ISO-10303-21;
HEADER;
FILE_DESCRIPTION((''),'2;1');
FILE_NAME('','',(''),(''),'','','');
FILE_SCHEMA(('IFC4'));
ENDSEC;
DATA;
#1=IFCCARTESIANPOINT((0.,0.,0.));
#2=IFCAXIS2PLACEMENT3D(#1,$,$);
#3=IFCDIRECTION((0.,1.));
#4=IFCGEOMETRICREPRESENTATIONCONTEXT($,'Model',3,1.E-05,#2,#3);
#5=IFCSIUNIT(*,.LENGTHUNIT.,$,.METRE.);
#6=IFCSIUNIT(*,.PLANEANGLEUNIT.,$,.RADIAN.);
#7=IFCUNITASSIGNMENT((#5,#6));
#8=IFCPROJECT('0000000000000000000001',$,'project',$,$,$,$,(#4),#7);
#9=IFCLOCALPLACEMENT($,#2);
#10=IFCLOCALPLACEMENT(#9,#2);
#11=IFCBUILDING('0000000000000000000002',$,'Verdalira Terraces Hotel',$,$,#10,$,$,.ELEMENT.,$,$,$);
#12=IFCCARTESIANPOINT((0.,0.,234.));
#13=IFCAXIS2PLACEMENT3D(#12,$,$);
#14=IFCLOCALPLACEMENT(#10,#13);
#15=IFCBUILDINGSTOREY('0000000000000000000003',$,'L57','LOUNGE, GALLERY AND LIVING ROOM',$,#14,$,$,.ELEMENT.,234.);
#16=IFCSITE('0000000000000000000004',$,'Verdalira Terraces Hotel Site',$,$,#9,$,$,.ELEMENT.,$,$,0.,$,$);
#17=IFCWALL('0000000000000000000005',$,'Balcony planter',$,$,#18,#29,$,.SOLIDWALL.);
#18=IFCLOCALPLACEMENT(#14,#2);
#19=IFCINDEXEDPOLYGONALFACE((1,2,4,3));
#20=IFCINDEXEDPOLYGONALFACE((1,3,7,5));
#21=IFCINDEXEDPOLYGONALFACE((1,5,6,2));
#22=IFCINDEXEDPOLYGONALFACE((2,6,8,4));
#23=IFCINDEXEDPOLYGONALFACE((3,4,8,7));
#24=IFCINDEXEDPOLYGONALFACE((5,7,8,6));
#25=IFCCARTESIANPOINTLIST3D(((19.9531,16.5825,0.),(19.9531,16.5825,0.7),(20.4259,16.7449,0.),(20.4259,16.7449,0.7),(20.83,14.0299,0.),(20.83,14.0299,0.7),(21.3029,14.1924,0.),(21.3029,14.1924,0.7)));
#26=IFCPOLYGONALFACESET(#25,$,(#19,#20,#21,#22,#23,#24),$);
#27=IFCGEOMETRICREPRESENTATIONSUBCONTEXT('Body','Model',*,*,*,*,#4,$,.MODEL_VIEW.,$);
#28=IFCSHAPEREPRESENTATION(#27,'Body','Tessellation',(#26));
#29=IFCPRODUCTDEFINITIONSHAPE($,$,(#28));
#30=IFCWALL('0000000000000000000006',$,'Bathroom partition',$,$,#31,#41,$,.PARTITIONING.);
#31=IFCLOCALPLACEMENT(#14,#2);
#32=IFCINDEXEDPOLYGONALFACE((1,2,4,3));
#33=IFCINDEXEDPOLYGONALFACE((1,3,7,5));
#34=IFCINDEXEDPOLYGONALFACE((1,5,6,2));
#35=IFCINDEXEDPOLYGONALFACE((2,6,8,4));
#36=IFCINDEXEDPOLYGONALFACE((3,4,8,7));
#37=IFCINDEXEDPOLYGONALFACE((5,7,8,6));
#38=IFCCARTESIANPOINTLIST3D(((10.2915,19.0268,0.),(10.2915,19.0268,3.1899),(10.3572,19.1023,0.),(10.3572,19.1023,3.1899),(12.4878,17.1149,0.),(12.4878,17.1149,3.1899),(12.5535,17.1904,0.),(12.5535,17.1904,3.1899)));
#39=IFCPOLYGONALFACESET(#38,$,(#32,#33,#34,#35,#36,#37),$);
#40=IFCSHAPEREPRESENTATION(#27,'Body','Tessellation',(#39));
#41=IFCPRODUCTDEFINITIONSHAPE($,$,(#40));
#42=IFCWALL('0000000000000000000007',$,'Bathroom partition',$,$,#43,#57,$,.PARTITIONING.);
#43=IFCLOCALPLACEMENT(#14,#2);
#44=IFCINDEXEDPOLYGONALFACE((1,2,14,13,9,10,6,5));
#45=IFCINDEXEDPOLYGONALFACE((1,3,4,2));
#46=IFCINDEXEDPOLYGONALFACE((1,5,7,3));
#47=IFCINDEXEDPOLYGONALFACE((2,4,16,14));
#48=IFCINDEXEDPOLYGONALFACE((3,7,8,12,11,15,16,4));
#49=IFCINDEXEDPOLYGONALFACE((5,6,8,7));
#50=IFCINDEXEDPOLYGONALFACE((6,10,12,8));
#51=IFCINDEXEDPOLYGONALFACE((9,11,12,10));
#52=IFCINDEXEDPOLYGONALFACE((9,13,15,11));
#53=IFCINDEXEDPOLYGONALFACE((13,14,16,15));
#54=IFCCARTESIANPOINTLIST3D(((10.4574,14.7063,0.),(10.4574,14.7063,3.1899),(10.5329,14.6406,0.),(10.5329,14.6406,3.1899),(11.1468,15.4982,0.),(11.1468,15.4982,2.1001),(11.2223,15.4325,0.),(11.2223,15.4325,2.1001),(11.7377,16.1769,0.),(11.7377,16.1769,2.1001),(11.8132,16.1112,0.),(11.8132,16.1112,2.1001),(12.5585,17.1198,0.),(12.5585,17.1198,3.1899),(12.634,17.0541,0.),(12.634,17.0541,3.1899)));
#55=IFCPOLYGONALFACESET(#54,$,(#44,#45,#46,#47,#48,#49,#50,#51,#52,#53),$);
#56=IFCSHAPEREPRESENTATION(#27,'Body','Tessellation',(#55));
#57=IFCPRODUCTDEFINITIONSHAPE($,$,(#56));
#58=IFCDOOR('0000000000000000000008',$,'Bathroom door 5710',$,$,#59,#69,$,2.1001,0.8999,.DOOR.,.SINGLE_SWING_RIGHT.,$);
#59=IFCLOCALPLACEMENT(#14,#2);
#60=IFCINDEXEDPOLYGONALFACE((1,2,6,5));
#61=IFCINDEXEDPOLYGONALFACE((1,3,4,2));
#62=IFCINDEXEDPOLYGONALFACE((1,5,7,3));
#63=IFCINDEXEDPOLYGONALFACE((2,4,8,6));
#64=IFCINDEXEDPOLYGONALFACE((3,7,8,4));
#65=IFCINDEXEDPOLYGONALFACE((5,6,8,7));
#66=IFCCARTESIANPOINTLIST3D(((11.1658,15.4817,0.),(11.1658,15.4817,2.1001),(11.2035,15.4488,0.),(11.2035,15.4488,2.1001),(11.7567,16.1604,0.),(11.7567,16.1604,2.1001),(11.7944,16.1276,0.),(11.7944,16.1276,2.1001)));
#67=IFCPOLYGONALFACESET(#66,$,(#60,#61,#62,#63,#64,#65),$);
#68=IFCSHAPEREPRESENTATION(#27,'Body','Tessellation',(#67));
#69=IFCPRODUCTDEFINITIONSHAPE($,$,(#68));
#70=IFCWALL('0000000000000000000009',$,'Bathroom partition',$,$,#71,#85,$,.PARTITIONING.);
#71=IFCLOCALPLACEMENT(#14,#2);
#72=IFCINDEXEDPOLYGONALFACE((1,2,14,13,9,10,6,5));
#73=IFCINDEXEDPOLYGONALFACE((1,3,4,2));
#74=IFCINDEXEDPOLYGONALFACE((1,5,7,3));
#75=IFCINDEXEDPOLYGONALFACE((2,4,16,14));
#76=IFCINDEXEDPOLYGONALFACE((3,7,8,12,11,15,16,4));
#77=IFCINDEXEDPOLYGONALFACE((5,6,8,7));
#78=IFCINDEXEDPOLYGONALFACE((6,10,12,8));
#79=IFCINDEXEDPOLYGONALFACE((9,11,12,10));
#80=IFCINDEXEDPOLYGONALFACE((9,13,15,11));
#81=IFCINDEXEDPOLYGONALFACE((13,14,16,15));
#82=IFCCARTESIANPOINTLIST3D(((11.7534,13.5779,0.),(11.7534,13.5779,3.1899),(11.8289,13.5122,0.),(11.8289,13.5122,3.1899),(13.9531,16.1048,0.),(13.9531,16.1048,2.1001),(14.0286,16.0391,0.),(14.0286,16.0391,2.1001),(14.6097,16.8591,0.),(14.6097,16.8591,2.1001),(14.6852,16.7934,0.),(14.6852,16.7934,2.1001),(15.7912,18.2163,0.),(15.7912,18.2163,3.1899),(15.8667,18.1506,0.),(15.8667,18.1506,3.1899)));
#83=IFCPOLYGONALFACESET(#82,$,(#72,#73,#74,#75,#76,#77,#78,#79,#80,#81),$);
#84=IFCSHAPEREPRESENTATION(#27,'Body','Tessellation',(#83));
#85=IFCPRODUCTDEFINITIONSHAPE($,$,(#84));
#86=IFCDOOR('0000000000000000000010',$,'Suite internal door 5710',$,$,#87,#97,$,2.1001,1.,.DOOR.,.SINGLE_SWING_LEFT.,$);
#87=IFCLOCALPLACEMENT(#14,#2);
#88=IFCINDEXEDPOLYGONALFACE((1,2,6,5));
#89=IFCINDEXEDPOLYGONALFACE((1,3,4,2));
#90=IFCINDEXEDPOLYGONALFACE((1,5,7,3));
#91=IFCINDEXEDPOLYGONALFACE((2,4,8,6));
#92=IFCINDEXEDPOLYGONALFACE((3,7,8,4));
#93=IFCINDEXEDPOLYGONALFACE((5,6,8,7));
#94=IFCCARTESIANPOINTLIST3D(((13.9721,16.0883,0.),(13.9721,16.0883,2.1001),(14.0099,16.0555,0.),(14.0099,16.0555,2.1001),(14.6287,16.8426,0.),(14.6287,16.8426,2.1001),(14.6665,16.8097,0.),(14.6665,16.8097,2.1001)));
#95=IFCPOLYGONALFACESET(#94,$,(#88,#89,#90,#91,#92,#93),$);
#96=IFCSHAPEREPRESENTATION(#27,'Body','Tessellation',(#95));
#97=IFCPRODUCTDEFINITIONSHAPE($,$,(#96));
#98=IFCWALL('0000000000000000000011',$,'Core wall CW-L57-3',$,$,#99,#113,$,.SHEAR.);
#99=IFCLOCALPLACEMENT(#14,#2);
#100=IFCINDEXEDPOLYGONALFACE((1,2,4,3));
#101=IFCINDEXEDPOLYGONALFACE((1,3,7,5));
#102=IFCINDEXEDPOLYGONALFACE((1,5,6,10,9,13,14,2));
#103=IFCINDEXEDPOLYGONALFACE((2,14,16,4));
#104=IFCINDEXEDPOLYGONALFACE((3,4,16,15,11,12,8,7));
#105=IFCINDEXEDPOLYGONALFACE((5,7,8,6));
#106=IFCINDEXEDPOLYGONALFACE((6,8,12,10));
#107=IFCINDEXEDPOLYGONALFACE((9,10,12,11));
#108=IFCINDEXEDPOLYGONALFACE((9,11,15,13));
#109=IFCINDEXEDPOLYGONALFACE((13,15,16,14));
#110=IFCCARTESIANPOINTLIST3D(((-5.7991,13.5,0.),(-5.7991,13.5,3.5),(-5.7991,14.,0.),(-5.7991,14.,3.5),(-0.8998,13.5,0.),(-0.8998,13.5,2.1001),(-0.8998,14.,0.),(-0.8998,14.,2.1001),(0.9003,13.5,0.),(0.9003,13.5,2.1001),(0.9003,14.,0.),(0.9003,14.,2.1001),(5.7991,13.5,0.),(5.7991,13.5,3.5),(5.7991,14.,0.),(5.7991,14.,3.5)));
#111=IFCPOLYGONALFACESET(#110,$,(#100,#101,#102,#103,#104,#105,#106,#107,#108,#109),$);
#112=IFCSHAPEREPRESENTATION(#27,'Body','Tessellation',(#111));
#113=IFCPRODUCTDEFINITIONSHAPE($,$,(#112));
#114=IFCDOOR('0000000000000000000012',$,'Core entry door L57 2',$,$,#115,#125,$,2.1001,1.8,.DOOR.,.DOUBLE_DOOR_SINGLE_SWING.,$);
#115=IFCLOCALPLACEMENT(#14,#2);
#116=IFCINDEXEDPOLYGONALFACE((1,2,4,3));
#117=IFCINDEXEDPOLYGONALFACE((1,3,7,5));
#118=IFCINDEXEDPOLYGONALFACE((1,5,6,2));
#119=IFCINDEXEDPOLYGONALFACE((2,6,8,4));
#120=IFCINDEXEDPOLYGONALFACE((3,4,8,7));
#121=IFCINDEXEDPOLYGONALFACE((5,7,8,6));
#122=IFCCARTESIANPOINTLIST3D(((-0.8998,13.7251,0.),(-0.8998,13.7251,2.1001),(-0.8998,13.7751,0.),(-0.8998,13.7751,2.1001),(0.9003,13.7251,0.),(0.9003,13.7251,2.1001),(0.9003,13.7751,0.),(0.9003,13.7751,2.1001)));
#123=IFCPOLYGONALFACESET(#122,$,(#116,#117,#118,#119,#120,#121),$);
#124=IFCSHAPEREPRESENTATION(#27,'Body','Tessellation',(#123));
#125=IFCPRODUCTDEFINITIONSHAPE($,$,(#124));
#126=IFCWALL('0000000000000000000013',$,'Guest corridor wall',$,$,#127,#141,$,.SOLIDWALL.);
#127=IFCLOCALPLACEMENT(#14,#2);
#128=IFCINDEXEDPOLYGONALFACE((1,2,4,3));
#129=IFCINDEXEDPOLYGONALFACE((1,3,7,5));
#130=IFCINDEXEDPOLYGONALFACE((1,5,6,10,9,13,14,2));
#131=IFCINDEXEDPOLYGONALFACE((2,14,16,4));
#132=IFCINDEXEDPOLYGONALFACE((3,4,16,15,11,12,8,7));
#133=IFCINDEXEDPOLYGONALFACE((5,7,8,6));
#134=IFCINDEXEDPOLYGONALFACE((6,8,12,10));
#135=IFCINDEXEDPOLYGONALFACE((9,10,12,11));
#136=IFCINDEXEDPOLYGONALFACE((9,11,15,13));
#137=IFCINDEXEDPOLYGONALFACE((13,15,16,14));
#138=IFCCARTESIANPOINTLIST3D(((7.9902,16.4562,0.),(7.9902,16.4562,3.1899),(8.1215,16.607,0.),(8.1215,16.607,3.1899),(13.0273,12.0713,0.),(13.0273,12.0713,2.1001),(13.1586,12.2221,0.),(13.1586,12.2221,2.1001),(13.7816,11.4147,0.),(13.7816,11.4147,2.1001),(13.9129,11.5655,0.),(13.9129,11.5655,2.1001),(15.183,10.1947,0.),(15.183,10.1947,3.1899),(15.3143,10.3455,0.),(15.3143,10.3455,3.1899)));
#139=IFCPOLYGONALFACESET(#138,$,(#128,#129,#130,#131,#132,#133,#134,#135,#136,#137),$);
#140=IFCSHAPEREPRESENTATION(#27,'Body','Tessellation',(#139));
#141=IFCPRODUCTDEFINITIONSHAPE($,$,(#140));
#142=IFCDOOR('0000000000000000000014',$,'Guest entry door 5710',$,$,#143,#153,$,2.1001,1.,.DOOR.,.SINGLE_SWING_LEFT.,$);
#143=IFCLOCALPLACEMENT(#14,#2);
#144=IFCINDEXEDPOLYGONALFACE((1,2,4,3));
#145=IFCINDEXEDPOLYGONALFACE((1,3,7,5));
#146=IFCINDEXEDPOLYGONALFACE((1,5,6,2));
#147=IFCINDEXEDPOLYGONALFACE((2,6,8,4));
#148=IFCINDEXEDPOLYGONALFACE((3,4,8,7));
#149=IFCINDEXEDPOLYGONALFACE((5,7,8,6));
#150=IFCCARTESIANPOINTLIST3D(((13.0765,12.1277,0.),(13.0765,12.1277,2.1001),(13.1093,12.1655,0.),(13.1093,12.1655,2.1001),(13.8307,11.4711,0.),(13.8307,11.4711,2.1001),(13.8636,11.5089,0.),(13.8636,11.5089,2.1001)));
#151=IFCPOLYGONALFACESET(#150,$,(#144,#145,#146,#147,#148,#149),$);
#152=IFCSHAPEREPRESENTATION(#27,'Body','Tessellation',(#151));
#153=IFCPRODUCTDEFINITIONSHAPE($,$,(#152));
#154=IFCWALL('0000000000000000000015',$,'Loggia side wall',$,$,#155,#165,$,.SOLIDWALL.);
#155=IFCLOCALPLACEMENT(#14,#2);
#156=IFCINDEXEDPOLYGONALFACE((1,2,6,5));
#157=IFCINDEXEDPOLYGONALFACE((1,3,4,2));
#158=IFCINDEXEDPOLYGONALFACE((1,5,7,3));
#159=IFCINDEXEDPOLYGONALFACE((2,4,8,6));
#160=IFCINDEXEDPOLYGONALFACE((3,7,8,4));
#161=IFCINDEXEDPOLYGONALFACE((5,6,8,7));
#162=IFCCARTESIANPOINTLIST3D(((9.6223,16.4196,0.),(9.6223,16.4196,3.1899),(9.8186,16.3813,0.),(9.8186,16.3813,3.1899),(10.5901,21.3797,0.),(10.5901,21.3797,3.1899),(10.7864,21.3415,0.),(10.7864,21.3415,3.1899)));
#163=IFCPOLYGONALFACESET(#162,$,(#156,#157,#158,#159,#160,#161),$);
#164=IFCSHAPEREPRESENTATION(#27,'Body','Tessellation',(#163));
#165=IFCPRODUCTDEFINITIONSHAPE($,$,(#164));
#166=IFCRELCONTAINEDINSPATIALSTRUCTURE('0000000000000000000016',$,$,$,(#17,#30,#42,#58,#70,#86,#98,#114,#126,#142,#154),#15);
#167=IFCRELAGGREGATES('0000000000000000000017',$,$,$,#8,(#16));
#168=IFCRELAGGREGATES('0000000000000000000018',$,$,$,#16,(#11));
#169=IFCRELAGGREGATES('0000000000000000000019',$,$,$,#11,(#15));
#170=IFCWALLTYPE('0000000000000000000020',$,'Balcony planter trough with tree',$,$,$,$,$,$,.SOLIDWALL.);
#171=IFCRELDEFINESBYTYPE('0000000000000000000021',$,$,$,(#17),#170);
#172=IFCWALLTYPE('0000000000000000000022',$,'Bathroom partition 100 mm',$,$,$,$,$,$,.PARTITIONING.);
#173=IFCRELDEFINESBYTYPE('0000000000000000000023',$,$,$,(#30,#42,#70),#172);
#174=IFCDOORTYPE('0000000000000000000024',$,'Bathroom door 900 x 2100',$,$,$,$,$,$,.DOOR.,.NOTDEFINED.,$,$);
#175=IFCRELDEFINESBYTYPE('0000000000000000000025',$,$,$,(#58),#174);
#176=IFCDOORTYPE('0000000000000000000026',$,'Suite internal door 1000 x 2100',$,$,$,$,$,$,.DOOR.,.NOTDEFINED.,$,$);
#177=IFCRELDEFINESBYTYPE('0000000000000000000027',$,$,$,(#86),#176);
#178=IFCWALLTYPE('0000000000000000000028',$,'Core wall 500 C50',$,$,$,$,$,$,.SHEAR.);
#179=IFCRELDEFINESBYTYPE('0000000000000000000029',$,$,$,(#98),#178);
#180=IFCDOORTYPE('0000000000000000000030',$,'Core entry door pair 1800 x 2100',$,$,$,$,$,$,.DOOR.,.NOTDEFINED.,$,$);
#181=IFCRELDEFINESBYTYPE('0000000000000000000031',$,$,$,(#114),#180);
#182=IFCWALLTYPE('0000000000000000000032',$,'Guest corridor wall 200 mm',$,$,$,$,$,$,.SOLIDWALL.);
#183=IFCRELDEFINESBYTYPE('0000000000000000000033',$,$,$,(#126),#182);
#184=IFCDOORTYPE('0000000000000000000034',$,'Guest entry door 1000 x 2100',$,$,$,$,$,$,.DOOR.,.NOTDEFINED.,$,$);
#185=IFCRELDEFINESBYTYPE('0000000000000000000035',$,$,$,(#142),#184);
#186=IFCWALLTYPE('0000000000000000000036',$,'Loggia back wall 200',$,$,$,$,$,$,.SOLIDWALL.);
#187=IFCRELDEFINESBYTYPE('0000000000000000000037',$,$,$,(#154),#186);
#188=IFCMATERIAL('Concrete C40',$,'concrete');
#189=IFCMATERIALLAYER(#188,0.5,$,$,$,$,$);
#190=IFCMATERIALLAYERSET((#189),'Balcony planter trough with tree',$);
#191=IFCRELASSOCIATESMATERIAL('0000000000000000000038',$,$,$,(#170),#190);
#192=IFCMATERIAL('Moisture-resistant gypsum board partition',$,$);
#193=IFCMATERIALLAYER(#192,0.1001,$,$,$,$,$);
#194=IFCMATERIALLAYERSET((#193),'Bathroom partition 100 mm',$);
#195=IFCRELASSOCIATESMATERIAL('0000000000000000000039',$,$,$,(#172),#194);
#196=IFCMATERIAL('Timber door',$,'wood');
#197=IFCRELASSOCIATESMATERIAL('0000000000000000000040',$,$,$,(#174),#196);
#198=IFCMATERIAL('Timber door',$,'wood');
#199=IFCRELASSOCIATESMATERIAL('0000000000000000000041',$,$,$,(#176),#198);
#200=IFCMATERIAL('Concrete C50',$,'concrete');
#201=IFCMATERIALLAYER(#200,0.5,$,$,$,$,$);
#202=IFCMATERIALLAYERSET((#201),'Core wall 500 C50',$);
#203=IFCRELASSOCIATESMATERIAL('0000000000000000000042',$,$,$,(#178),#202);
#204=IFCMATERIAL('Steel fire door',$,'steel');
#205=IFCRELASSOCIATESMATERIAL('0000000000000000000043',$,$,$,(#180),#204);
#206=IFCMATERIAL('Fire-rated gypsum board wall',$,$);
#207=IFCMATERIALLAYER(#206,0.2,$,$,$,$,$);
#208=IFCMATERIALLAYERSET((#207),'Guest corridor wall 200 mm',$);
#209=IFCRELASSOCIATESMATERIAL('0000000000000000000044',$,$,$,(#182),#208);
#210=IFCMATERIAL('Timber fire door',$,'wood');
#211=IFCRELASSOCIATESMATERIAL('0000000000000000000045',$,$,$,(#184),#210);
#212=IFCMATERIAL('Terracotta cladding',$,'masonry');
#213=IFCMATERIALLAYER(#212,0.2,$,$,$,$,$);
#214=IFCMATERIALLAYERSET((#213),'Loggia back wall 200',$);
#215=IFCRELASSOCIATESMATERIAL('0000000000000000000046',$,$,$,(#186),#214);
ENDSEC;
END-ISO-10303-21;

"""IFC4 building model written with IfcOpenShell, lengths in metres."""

from ifc_helpers import new_model, si_unit, direction, frame, frame_2d, origin, place, context, subcontext, project, spatial, rectangle, extrude, material, layer, layer_set, type_object, element, fill, save


model = new_model("IFC4")

# Units and contexts
model_context = context("Model", 3, precision=1e-05, world=origin(), true_north=direction((0.0, 1.0)))
body_context = subcontext(model_context, "Body", "Model", "MODEL_VIEW")
ifc_project = project(units=[si_unit("LENGTHUNIT", "METRE"), si_unit("PLANEANGLEUNIT", "RADIAN")], contexts=[model_context])

# Site, building, storey
site_placement = place(None, origin())
site = spatial("IfcSite", under=ifc_project, at=site_placement, Name="Verdalira Terraces Hotel Site", CompositionType="ELEMENT", RefElevation=0.0)
building_placement = place(site_placement, origin())
building = spatial("IfcBuilding", under=site, at=building_placement, Name="Verdalira Terraces Hotel", CompositionType="ELEMENT")
storey_placement = place(building_placement, frame((0.0, 0.0, 234.0)))
storey = spatial("IfcBuildingStorey", under=building, at=storey_placement, Name="L57", Description="LOUNGE, GALLERY AND LIVING ROOM", CompositionType="ELEMENT", Elevation=234.0)

# Walls
ifc_material_1 = material(Name="Concrete C40", Category="concrete")
ifc_layer_1 = layer(ifc_material_1, 0.5)
ifc_layer_set_1 = layer_set([ifc_layer_1], Name="Balcony planter trough with tree")
wall_type_1 = type_object("IfcWallType", Name="Balcony planter trough with tree", PredefinedType="SOLIDWALL", material=ifc_layer_set_1)
wall_1_placement = place(storey_placement, frame((20.1895, 16.6638, 0.0), z_axis=(0.0, 0.0, 1.0), x_axis=(0.324926, -0.94574, 0.0)))
element("IfcWall", 1, at=wall_1_placement, inside=storey, type_object=wall_type_1, Name="Balcony planter", PredefinedType="SOLIDWALL", context=body_context, shape_type="SweptSolid", body=[
    extrude(rectangle(XDim=2.699, YDim=0.5, at=frame_2d((1.3496, 0.0))), origin(), (0.0, 0.0, 1.0), 0.7),
])
ifc_material_2 = material(Name="Moisture-resistant gypsum board partition")
ifc_layer_2 = layer(ifc_material_2, 0.1001)
ifc_layer_set_2 = layer_set([ifc_layer_2], Name="Bathroom partition 100 mm")
wall_type_2 = type_object("IfcWallType", Name="Bathroom partition 100 mm", PredefinedType="PARTITIONING", material=ifc_layer_set_2)
wall_2_placement = place(storey_placement, frame((12.5208, 17.1526, 0.0), z_axis=(0.0, 0.0, 1.0), x_axis=(-0.754257, 0.656579, 0.0)))
element("IfcWall", 2, at=wall_2_placement, inside=storey, type_object=wall_type_2, Name="Bathroom partition", PredefinedType="PARTITIONING", context=body_context, shape_type="SweptSolid", body=[
    extrude(rectangle(XDim=2.9119, YDim=0.1001, at=frame_2d((1.4561, 0.0))), origin(), (0.0, 0.0, 1.0), 3.1899),
])

# Walls, openings, doors
wall_3_placement = place(storey_placement, frame((10.4951, 14.6733, 0.0), z_axis=(0.0, 0.0, 1.0), x_axis=(0.65659, 0.754247, 0.0)))
wall_3 = element("IfcWall", 3, at=wall_3_placement, inside=storey, type_object=wall_type_2, Name="Bathroom partition", PredefinedType="PARTITIONING", context=body_context, shape_type="SweptSolid", body=[
    extrude(rectangle(XDim=3.2, YDim=0.1001, at=frame_2d((1.6001, 0.0))), origin(), (0.0, 0.0, 1.0), 3.1899),
])
opening_1_placement = place(wall_3_placement, frame((1.05, 0.0, 0.0)))
opening_1 = element("IfcOpeningElement", 4, at=opening_1_placement, cuts=wall_3, PredefinedType="OPENING", context=body_context, shape_type="SweptSolid", body=[
    extrude(rectangle(XDim=0.8999, YDim=2.1001, at=frame_2d((0.45, 1.05))), frame((0.0, 0.0601, 0.0), z_axis=(0.0, -1.0, 0.0), x_axis=(1.0, 0.0, 0.0)), (0.0, 0.0, 1.0), 0.1201),
])
ifc_material_3 = material(Name="Timber door", Category="wood")
door_type_1 = type_object("IfcDoorType", Name="Bathroom door 900 x 2100", OperationType="NOTDEFINED", PredefinedType="DOOR", material=ifc_material_3)
door_1_placement = place(opening_1_placement, origin())
door_1 = element("IfcDoor", 5, at=door_1_placement, inside=storey, type_object=door_type_1, Name="Bathroom door 5710", OperationType="SINGLE_SWING_RIGHT", OverallHeight=2.1001, OverallWidth=0.8999, PredefinedType="DOOR", context=body_context, shape_type="SweptSolid", body=[
    extrude(rectangle(XDim=0.8999, YDim=2.1001, at=frame_2d((0.45, 1.05))), frame((0.0, 0.0249, 0.0), z_axis=(0.0, -1.0, 0.0), x_axis=(1.0, 0.0, 0.0)), (0.0, 0.0, 1.0), 0.05),
])
fill(opening_1, door_1)
wall_4_placement = place(storey_placement, frame((11.7913, 13.5452, 0.0), z_axis=(0.0, 0.0, 1.0), x_axis=(0.656588, 0.754249, 0.0)))
wall_4 = element("IfcWall", 6, at=wall_4_placement, inside=storey, type_object=wall_type_2, Name="Bathroom partition", PredefinedType="PARTITIONING", context=body_context, shape_type="SweptSolid", body=[
    extrude(rectangle(XDim=6.1497, YDim=0.1001, at=frame_2d((3.0747, 0.0))), origin(), (0.0, 0.0, 1.0), 3.1899),
])
opening_2_placement = place(wall_4_placement, frame((3.3501, 0.0, 0.0)))
opening_2 = element("IfcOpeningElement", 7, at=opening_2_placement, cuts=wall_4, PredefinedType="OPENING", context=body_context, shape_type="SweptSolid", body=[
    extrude(rectangle(XDim=1.0, YDim=2.1001, at=frame_2d((0.5, 1.05))), frame((0.0, 0.0601, 0.0), z_axis=(0.0, -1.0, 0.0), x_axis=(1.0, 0.0, 0.0)), (0.0, 0.0, 1.0), 0.1201),
])
ifc_material_4 = material(Name="Timber door", Category="wood")
door_type_2 = type_object("IfcDoorType", Name="Suite internal door 1000 x 2100", OperationType="NOTDEFINED", PredefinedType="DOOR", material=ifc_material_4)
door_2_placement = place(opening_2_placement, origin())
door_2 = element("IfcDoor", 8, at=door_2_placement, inside=storey, type_object=door_type_2, Name="Suite internal door 5710", OperationType="SINGLE_SWING_LEFT", OverallHeight=2.1001, OverallWidth=1.0, PredefinedType="DOOR", context=body_context, shape_type="SweptSolid", body=[
    extrude(rectangle(XDim=1.0, YDim=2.1001, at=frame_2d((0.5, 1.05))), frame((0.0, 0.0249, 0.0), z_axis=(0.0, -1.0, 0.0), x_axis=(1.0, 0.0, 0.0)), (0.0, 0.0, 1.0), 0.05),
])
fill(opening_2, door_2)
ifc_material_5 = material(Name="Concrete C50", Category="concrete")
ifc_layer_3 = layer(ifc_material_5, 0.5)
ifc_layer_set_3 = layer_set([ifc_layer_3], Name="Core wall 500 C50")
wall_type_3 = type_object("IfcWallType", Name="Core wall 500 C50", PredefinedType="SHEAR", material=ifc_layer_set_3)
wall_5_placement = place(storey_placement, frame((5.7991, 13.75, 0.0), z_axis=(0.0, 0.0, 1.0), x_axis=(-1.0, 0.0, 0.0)))
wall_5 = element("IfcWall", 9, at=wall_5_placement, inside=storey, type_object=wall_type_3, Name="Core wall CW-L57-3", PredefinedType="SHEAR", context=body_context, shape_type="SweptSolid", body=[
    extrude(rectangle(XDim=11.5981, YDim=0.5, at=frame_2d((5.7991, 0.0))), origin(), (0.0, 0.0, 1.0), 3.5),
])
opening_3_placement = place(wall_5_placement, frame((4.8989, 0.0, 0.0)))
opening_3 = element("IfcOpeningElement", 10, at=opening_3_placement, cuts=wall_5, PredefinedType="OPENING", context=body_context, shape_type="SweptSolid", body=[
    extrude(rectangle(XDim=1.8, YDim=2.1001, at=frame_2d((0.8999, 1.05))), frame((0.0, 0.26, 0.0), z_axis=(0.0, -1.0, 0.0), x_axis=(1.0, 0.0, 0.0)), (0.0, 0.0, 1.0), 0.52),
])
ifc_material_6 = material(Name="Steel fire door", Category="steel")
door_type_3 = type_object("IfcDoorType", Name="Core entry door pair 1800 x 2100", OperationType="NOTDEFINED", PredefinedType="DOOR", material=ifc_material_6)
door_3_placement = place(opening_3_placement, origin())
door_3 = element("IfcDoor", 11, at=door_3_placement, inside=storey, type_object=door_type_3, Name="Core entry door L57 2", OperationType="DOUBLE_DOOR_SINGLE_SWING", OverallHeight=2.1001, OverallWidth=1.8, PredefinedType="DOOR", context=body_context, shape_type="SweptSolid", body=[
    extrude(rectangle(XDim=1.8, YDim=2.1001, at=frame_2d((0.8999, 1.05))), frame((0.0, 0.0249, 0.0), z_axis=(0.0, -1.0, 0.0), x_axis=(1.0, 0.0, 0.0)), (0.0, 0.0, 1.0), 0.05),
])
fill(opening_3, door_3)
ifc_material_7 = material(Name="Fire-rated gypsum board wall")
ifc_layer_4 = layer(ifc_material_7, 0.2)
ifc_layer_set_4 = layer_set([ifc_layer_4], Name="Guest corridor wall 200 mm")
wall_type_4 = type_object("IfcWallType", Name="Guest corridor wall 200 mm", PredefinedType="SOLIDWALL", material=ifc_layer_set_4)
wall_6_placement = place(storey_placement, frame((8.0559, 16.5315, 0.0), z_axis=(0.0, 0.0, 1.0), x_axis=(0.754252, -0.656585, 0.0)))
wall_6 = element("IfcWall", 12, at=wall_6_placement, inside=storey, type_object=wall_type_4, Name="Guest corridor wall", PredefinedType="SOLIDWALL", context=body_context, shape_type="SweptSolid", body=[
    extrude(rectangle(XDim=9.5364, YDim=0.2, at=frame_2d((4.7681, 0.0))), origin(), (0.0, 0.0, 1.0), 3.1899),
])
opening_4_placement = place(wall_6_placement, frame((6.6782, 0.0, 0.0)))
opening_4 = element("IfcOpeningElement", 13, at=opening_4_placement, cuts=wall_6, PredefinedType="OPENING", context=body_context, shape_type="SweptSolid", body=[
    extrude(rectangle(XDim=1.0, YDim=2.1001, at=frame_2d((0.5, 1.05))), frame((0.0, 0.1099, 0.0), z_axis=(0.0, -1.0, 0.0), x_axis=(1.0, 0.0, 0.0)), (0.0, 0.0, 1.0), 0.22),
])
ifc_material_8 = material(Name="Timber fire door", Category="wood")
door_type_4 = type_object("IfcDoorType", Name="Guest entry door 1000 x 2100", OperationType="NOTDEFINED", PredefinedType="DOOR", material=ifc_material_8)
door_4_placement = place(opening_4_placement, origin())
door_4 = element("IfcDoor", 14, at=door_4_placement, inside=storey, type_object=door_type_4, Name="Guest entry door 5710", OperationType="SINGLE_SWING_LEFT", OverallHeight=2.1001, OverallWidth=1.0, PredefinedType="DOOR", context=body_context, shape_type="SweptSolid", body=[
    extrude(rectangle(XDim=1.0, YDim=2.1001, at=frame_2d((0.5, 1.05))), frame((0.0, 0.0249, 0.0), z_axis=(0.0, -1.0, 0.0), x_axis=(1.0, 0.0, 0.0)), (0.0, 0.0, 1.0), 0.05),
])
fill(opening_4, door_4)

# Wall
ifc_material_9 = material(Name="Terracotta cladding", Category="masonry")
ifc_layer_5 = layer(ifc_material_9, 0.2)
ifc_layer_set_5 = layer_set([ifc_layer_5], Name="Loggia back wall 200")
wall_type_5 = type_object("IfcWallType", Name="Loggia back wall 200", PredefinedType="SOLIDWALL", material=ifc_layer_set_5)
wall_7_placement = place(storey_placement, frame((10.6882, 21.3606, 0.0), z_axis=(0.0, 0.0, 1.0), x_axis=(-0.191497, -0.981493, 0.0)))
element("IfcWall", 15, at=wall_7_placement, inside=storey, type_object=wall_type_5, Name="Loggia side wall", PredefinedType="SOLIDWALL", context=body_context, shape_type="SweptSolid", body=[
    extrude(rectangle(XDim=5.0537, YDim=0.2, at=frame_2d((2.5269, 0.0))), origin(), (0.0, 0.0, 1.0), 3.1899),
])

save(model, "model.ifc")
